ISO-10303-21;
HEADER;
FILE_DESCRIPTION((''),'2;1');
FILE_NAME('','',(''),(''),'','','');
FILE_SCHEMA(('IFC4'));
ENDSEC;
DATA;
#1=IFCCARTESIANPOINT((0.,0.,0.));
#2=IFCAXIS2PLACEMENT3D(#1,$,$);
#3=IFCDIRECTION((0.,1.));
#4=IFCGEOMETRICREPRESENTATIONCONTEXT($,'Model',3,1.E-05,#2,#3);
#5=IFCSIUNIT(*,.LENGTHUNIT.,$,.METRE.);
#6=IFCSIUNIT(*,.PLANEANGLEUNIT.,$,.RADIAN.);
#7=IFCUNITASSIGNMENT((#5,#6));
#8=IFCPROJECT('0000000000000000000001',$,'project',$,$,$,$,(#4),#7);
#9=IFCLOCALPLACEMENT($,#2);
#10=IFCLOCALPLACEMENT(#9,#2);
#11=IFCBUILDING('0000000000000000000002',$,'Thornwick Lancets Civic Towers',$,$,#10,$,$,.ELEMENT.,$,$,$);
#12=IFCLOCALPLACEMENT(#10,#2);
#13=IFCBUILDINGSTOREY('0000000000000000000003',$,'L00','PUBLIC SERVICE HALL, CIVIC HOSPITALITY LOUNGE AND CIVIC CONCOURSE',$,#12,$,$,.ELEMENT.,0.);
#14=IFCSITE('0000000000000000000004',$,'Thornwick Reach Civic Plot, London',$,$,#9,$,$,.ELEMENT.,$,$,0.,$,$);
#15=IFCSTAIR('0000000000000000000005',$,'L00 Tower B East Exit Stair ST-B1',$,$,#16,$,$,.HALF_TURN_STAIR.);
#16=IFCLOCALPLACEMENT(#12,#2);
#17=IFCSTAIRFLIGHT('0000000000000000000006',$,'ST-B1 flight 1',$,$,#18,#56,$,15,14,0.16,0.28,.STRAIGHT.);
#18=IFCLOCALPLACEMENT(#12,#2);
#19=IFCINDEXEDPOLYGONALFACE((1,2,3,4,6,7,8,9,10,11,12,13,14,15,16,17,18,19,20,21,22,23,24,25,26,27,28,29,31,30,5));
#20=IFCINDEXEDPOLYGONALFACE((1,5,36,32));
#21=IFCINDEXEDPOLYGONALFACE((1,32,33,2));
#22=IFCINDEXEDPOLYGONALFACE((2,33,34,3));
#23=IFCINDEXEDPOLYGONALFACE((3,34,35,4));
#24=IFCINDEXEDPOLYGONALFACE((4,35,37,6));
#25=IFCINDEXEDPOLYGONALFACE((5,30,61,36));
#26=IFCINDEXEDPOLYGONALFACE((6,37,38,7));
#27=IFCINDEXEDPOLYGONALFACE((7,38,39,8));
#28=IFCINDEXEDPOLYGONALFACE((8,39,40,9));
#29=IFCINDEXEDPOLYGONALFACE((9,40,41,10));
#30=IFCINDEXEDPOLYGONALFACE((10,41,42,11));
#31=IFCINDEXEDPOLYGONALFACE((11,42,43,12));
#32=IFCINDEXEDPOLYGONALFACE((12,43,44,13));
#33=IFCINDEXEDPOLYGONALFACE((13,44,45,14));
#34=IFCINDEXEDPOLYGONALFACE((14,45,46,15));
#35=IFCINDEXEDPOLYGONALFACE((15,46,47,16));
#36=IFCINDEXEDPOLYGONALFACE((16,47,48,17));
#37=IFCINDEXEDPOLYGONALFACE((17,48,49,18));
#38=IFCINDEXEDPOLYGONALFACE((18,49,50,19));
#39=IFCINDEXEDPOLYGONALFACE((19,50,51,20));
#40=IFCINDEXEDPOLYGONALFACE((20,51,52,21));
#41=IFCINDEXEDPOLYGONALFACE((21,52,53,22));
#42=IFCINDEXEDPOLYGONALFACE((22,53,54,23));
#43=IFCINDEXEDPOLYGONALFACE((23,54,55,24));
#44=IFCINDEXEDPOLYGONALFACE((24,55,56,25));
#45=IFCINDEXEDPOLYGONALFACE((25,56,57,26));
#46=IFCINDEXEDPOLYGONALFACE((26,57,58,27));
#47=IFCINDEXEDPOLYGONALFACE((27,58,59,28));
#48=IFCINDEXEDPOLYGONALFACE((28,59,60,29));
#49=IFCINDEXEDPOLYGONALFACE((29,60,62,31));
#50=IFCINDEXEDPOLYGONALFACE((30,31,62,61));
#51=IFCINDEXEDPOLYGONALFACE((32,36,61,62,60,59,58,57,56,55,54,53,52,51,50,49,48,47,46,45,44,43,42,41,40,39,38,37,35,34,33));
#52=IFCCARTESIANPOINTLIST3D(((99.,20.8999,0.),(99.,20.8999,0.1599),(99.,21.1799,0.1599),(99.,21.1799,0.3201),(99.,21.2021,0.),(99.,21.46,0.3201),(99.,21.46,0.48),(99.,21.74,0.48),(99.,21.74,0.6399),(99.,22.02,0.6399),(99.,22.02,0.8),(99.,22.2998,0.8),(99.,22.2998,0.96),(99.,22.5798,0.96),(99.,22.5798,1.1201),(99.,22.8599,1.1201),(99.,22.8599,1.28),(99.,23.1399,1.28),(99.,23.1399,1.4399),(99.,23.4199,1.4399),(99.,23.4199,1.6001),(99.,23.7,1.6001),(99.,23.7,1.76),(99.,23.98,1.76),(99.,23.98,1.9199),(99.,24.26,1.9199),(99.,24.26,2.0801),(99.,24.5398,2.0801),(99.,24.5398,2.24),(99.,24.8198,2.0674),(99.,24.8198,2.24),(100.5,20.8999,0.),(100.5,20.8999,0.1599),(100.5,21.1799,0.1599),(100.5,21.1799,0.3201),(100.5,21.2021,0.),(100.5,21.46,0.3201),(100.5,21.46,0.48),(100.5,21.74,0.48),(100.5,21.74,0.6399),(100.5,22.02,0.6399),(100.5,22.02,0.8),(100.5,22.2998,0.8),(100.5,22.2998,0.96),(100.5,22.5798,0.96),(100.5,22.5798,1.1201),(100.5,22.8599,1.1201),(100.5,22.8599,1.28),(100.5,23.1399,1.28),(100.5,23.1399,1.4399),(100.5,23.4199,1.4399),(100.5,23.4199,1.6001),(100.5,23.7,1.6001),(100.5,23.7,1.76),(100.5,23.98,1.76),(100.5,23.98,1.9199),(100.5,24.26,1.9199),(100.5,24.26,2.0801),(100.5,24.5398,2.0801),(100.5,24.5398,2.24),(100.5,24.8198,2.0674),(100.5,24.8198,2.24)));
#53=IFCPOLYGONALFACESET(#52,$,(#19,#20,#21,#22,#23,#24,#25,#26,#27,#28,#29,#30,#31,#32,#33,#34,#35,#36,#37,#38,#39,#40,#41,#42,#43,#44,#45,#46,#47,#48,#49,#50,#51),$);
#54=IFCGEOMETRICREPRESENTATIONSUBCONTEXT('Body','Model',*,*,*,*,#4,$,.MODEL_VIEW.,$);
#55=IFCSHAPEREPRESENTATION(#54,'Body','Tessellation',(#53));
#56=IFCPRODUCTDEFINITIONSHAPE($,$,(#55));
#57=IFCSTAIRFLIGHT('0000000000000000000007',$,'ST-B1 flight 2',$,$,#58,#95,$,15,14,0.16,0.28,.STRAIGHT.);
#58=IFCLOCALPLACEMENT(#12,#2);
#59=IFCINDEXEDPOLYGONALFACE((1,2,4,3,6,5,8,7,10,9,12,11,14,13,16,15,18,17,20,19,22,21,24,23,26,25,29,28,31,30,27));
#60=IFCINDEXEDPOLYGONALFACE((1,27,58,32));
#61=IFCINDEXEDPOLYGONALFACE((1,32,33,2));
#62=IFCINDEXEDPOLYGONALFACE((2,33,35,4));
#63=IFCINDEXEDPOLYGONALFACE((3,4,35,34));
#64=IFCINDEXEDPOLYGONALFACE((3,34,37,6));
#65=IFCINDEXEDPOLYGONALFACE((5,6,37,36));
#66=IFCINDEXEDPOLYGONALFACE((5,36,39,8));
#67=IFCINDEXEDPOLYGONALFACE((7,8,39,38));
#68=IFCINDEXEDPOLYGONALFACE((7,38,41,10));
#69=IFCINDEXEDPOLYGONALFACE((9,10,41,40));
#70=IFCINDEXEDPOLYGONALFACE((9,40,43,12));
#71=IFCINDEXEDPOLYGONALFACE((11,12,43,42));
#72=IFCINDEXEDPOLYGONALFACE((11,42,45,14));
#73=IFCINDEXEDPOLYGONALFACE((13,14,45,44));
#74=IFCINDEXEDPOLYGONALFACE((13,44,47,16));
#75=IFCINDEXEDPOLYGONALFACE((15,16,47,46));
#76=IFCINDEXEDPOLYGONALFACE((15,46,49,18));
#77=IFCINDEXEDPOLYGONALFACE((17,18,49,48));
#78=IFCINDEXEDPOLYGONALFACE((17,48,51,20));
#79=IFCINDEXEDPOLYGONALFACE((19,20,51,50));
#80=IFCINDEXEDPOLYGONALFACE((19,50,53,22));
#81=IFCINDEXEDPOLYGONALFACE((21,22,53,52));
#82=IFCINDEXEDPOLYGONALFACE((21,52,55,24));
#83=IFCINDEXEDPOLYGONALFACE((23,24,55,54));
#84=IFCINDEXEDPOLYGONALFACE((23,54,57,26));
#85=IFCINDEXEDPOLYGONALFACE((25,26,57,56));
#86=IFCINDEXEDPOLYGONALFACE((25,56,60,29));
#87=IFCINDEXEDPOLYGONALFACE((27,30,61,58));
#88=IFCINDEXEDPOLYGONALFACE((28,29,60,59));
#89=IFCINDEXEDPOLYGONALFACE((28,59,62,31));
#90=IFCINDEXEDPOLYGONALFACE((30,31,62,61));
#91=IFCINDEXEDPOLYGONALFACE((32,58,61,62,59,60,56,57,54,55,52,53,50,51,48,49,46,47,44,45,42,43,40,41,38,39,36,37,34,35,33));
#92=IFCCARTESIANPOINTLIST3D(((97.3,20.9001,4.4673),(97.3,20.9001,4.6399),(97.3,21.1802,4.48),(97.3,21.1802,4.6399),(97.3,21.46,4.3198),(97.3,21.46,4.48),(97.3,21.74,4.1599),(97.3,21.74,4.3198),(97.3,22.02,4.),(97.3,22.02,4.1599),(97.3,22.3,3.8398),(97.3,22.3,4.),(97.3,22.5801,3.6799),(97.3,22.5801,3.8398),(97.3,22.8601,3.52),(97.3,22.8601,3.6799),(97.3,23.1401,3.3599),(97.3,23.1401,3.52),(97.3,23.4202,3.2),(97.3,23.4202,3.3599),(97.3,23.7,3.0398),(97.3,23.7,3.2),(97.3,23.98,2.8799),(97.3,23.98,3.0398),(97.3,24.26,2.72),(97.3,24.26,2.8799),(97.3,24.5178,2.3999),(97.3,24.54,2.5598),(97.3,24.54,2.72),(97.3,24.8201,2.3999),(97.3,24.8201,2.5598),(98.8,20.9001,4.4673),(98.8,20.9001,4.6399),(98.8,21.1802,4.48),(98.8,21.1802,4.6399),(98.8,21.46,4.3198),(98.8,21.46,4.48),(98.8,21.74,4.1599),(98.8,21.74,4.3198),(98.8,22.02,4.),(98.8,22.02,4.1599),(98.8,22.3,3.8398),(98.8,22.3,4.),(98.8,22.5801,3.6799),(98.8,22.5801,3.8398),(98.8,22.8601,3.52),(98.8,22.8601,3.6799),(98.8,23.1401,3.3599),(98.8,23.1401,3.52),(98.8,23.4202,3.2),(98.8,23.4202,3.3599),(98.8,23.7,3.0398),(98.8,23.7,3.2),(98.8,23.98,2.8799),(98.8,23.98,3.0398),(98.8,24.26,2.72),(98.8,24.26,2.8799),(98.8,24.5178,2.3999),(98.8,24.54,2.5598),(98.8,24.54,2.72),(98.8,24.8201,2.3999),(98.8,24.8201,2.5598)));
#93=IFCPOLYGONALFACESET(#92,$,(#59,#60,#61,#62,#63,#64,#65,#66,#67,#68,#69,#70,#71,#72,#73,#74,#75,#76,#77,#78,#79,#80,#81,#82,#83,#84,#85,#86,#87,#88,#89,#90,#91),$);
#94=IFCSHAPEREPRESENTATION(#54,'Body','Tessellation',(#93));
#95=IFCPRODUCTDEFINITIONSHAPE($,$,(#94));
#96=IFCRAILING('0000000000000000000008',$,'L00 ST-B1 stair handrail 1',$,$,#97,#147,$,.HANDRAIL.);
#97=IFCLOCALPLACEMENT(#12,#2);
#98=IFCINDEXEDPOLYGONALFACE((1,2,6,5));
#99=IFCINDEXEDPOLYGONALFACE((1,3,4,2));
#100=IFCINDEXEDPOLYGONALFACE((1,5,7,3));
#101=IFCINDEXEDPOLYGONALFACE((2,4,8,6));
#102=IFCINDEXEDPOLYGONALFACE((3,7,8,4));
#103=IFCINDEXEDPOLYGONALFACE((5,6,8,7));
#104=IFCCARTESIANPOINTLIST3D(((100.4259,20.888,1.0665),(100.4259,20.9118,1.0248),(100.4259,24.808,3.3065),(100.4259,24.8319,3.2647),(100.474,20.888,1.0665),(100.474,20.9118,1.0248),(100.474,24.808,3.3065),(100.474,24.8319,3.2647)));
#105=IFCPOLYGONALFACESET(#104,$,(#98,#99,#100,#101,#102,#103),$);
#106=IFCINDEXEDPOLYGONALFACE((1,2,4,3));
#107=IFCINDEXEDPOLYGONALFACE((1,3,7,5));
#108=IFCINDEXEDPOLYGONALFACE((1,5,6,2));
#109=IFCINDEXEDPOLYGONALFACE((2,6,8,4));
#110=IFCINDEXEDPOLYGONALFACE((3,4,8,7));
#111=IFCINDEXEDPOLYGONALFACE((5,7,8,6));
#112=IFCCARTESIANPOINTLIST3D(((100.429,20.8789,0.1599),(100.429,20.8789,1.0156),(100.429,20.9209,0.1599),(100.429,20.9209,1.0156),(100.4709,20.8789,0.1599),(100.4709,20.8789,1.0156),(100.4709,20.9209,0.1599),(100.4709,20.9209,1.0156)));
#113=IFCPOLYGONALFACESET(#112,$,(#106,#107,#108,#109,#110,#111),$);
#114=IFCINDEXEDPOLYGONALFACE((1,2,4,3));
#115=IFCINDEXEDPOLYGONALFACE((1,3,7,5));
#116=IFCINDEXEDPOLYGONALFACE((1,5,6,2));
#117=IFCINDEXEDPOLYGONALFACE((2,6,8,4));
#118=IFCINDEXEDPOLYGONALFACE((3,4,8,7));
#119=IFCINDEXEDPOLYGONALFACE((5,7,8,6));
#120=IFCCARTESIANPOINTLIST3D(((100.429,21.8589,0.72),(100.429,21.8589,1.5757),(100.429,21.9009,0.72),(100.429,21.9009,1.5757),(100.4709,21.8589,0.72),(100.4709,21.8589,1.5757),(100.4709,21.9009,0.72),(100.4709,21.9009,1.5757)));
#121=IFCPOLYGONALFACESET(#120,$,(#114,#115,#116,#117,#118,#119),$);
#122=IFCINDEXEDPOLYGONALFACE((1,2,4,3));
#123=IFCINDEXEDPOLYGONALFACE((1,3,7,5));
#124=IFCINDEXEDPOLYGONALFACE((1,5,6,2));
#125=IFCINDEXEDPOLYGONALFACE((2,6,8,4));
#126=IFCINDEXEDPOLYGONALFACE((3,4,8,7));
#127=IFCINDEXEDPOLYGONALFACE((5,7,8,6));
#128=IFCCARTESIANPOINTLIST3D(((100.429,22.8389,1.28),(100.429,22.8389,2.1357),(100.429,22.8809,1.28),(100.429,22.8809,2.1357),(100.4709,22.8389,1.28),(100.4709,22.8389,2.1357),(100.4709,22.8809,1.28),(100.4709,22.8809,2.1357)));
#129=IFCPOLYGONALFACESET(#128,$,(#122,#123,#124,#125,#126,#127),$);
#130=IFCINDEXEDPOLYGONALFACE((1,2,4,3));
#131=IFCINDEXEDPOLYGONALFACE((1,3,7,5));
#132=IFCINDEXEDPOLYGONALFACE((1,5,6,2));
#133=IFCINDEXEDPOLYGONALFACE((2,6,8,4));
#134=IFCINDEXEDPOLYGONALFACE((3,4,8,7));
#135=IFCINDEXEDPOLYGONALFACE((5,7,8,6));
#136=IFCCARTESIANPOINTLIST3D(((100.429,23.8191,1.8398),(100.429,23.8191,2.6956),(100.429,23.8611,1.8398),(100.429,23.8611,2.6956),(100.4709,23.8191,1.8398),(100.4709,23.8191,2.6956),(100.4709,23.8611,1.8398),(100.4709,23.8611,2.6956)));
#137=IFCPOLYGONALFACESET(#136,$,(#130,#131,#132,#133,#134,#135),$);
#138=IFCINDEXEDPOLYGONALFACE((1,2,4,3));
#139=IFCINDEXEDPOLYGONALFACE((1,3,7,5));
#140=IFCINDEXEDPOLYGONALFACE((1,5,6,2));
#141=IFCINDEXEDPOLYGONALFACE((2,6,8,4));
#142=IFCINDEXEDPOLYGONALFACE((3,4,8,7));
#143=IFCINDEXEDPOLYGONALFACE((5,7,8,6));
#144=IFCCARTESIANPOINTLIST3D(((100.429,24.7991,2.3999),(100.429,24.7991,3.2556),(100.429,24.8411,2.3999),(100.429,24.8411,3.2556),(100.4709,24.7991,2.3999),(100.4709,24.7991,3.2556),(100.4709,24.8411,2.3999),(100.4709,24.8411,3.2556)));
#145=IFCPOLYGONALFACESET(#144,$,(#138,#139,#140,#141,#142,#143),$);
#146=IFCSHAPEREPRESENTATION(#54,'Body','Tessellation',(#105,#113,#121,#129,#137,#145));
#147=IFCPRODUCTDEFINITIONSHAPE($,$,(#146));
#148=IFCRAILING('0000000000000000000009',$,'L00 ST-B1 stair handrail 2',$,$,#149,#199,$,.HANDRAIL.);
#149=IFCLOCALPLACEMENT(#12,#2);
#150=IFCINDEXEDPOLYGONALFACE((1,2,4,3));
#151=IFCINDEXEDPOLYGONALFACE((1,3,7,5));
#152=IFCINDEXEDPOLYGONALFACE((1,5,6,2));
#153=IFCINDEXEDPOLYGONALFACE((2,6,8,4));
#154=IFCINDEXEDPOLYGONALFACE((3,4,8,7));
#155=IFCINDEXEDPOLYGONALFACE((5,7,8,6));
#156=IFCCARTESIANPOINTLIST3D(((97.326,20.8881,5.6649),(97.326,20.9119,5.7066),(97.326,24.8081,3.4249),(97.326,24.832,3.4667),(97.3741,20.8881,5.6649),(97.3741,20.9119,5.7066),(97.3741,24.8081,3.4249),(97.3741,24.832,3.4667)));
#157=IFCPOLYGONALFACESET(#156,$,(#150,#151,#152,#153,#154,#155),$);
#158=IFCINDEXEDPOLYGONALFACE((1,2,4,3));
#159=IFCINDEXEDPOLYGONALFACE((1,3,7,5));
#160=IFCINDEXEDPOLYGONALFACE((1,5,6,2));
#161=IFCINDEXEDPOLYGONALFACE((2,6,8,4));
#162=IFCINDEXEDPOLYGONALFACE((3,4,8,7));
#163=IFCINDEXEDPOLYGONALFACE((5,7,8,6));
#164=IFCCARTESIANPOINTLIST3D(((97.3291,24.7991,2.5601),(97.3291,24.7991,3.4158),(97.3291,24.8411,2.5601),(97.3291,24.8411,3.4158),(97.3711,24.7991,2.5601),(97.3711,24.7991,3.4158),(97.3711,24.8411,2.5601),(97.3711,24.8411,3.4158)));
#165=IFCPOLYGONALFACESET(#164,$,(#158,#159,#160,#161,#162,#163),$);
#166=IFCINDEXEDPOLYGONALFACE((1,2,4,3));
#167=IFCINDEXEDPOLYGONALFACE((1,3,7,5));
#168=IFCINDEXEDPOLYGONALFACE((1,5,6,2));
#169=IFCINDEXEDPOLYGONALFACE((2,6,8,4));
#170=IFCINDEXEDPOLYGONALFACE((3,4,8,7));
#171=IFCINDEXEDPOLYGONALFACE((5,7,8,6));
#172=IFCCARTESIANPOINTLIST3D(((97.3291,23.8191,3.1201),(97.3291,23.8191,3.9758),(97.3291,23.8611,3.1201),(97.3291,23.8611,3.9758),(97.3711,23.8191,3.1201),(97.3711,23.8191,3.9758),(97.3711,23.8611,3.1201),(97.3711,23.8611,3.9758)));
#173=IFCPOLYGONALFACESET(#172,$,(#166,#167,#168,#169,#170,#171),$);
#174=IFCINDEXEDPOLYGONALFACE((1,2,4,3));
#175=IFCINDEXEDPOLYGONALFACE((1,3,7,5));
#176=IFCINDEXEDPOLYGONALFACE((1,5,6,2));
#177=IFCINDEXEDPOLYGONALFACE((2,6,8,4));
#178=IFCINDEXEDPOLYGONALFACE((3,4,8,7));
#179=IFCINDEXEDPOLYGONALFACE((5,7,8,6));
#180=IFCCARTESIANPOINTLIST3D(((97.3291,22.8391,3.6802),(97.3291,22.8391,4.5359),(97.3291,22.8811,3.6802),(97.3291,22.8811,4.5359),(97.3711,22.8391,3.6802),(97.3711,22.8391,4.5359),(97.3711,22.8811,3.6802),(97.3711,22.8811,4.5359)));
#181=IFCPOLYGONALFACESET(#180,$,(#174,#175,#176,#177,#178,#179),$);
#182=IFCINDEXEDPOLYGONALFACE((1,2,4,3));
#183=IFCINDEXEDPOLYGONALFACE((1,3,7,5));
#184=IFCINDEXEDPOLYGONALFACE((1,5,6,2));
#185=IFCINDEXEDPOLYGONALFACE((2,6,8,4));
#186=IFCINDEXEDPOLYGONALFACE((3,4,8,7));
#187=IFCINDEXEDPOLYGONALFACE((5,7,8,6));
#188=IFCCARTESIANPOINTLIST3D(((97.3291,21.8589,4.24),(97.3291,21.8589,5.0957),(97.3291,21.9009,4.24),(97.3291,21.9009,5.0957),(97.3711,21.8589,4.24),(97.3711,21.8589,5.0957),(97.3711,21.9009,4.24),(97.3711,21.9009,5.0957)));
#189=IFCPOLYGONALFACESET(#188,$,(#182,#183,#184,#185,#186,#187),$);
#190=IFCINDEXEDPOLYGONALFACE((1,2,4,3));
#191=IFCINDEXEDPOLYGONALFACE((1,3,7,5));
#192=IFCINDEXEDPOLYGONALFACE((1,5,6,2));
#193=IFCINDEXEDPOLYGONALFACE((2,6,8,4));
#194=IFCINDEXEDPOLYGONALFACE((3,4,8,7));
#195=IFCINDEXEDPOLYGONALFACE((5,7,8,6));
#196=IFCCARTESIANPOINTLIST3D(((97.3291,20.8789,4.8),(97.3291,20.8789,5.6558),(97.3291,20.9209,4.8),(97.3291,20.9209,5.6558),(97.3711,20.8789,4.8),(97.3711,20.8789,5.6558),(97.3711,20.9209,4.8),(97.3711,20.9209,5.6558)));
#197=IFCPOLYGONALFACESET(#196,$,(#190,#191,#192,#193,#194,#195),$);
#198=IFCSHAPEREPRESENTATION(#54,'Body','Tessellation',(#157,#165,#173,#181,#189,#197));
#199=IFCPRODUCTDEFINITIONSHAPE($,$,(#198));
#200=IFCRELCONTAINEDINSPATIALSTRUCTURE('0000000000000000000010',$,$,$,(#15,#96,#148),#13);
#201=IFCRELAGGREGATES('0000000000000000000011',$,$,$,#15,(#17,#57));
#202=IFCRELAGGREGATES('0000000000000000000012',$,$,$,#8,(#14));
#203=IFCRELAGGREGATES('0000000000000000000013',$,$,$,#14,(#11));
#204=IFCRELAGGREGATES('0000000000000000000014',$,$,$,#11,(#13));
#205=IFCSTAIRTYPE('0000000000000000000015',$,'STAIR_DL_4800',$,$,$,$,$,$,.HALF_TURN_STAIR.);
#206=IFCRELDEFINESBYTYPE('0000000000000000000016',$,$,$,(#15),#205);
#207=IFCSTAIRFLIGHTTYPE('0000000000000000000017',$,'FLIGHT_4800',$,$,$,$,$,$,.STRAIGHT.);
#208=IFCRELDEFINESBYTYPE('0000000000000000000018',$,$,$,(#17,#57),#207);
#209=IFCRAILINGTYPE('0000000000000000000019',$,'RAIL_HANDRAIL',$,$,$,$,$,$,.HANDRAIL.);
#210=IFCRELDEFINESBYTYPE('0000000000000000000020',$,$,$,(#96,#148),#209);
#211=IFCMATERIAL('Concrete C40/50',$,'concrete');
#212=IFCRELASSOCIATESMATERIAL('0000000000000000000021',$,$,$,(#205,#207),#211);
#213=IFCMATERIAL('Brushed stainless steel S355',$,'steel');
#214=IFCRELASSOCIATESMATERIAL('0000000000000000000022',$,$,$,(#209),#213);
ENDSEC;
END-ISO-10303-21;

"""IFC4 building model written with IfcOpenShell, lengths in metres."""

from ifc_helpers import new_model, si_unit, direction, frame, origin, origin_2d, place, context, subcontext, project, spatial, polyline, rectangle, outline, extrude, material, type_object, element, aggregate, save


model = new_model("IFC4")

# Units and contexts
model_context = context("Model", 3, precision=1e-05, world=origin(), true_north=direction((0.0, 1.0)))
body_context = subcontext(model_context, "Body", "Model", "MODEL_VIEW")
ifc_project = project(units=[si_unit("LENGTHUNIT", "METRE"), si_unit("PLANEANGLEUNIT", "RADIAN")], contexts=[model_context])

# Site, building, storey
site_placement = place(None, origin())
site = spatial("IfcSite", under=ifc_project, at=site_placement, Name="Thornwick Reach Civic Plot, London", CompositionType="ELEMENT", RefElevation=0.0)
building_placement = place(site_placement, origin())
building = spatial("IfcBuilding", under=site, at=building_placement, Name="Thornwick Lancets Civic Towers", CompositionType="ELEMENT")
storey_placement = place(building_placement, origin())
storey = spatial("IfcBuildingStorey", under=building, at=storey_placement, Name="L00", Description="PUBLIC SERVICE HALL, CIVIC HOSPITALITY LOUNGE AND CIVIC CONCOURSE", CompositionType="ELEMENT", Elevation=0.0)

# Shared definitions
ifc_material_1 = material(Name="Concrete C40/50", Category="concrete")

# Stair, stair flights
stair_type = type_object("IfcStairType", Name="STAIR_DL_4800", PredefinedType="HALF_TURN_STAIR", material=ifc_material_1)
stair_placement = place(storey_placement, origin())
stair = element("IfcStair", 1, at=stair_placement, inside=storey, type_object=stair_type, Name="L00 Tower B East Exit Stair ST-B1", PredefinedType="HALF_TURN_STAIR")
stair_flight_type = type_object("IfcStairFlightType", Name="FLIGHT_4800", PredefinedType="STRAIGHT", material=ifc_material_1)
stair_flight_1_placement = place(storey_placement, frame((99.75, 20.8999, 0.0), z_axis=(0.0, 0.0, 1.0), x_axis=(0.0, 1.0, 0.0)))
stair_flight_1 = element("IfcStairFlight", 2, at=stair_flight_1_placement, type_object=stair_flight_type, Name="ST-B1 flight 1", NumberOfRisers=15, NumberOfTreads=14, PredefinedType="STRAIGHT", RiserHeight=0.16, TreadLength=0.28, context=body_context, shape_type="SweptSolid", body=[
    extrude(outline(polyline([(0.0, 0.0), (0.0, 0.1599), (0.28, 0.1599), (0.28, 0.3201), (0.5601, 0.3201), (0.5601, 0.48), (0.8401, 0.48), (0.8401, 0.6399), (1.1201, 0.6399), (1.1201, 0.8), (1.3999, 0.8), (1.3999, 0.96), (1.6799, 0.96), (1.6799, 1.1201), (1.96, 1.1201), (1.96, 1.28), (2.24, 1.28), (2.24, 1.4399), (2.52, 1.4399), (2.52, 1.6001), (2.8, 1.6001), (2.8, 1.76), (3.0801, 1.76), (3.0801, 1.9199), (3.3601, 1.9199), (3.3601, 2.0801), (3.6399, 2.0801), (3.6399, 2.24), (3.9199, 2.24), (3.9199, 2.3999), (3.9199, 2.0674), (0.3022, 0.0), (0.0, 0.0)])), frame((0.0, 0.75, 0.0), z_axis=(0.0, -1.0, 0.0), x_axis=(1.0, 0.0, 0.0)), (0.0, 0.0, 1.0), 1.5),
])
stair_flight_2_placement = place(storey_placement, frame((98.05, 24.8201, 2.3999), z_axis=(0.0, 0.0, 1.0), x_axis=(0.0, -1.0, 0.0)))
stair_flight_2 = element("IfcStairFlight", 3, at=stair_flight_2_placement, type_object=stair_flight_type, Name="ST-B1 flight 2", NumberOfRisers=15, NumberOfTreads=14, PredefinedType="STRAIGHT", RiserHeight=0.16, TreadLength=0.28, context=body_context, shape_type="SweptSolid", body=[
    extrude(outline(polyline([(0.0, 0.0), (0.0, 0.1599), (0.28, 0.1599), (0.28, 0.3201), (0.5601, 0.3201), (0.5601, 0.48), (0.8401, 0.48), (0.8401, 0.6399), (1.1201, 0.6399), (1.1201, 0.8), (1.3999, 0.8), (1.3999, 0.96), (1.6799, 0.96), (1.6799, 1.1201), (1.96, 1.1201), (1.96, 1.28), (2.24, 1.28), (2.24, 1.4399), (2.52, 1.4399), (2.52, 1.6001), (2.8, 1.6001), (2.8, 1.76), (3.0801, 1.76), (3.0801, 1.9199), (3.3601, 1.9199), (3.3601, 2.0801), (3.6399, 2.0801), (3.6399, 2.24), (3.9199, 2.24), (3.9199, 2.3999), (3.9199, 2.0674), (0.3022, 0.0), (0.0, 0.0)])), frame((0.0, 0.75, 0.0), z_axis=(0.0, -1.0, 0.0), x_axis=(1.0, 0.0, 0.0)), (0.0, 0.0, 1.0), 1.5),
])
aggregate(stair, [stair_flight_1, stair_flight_2])

# Railings
ifc_material_2 = material(Name="Brushed stainless steel S355", Category="steel")
railing_type_1 = type_object("IfcRailingType", Name="RAIL_HANDRAIL", PredefinedType="HANDRAIL", material=ifc_material_2)
railing_1_placement = place(storey_placement, frame((100.45, 20.8999, 0.1599)))
element("IfcRailing", 4, at=railing_1_placement, inside=storey, type_object=railing_type_1, Name="L00 ST-B1 stair handrail 1", PredefinedType="HANDRAIL", context=body_context, shape_type="SweptSolid", body=[
    extrude(rectangle(XDim=0.0481, YDim=0.0481, at=origin_2d()), frame((0.0, 0.0, 0.8857), z_axis=(0.0, 0.868253, 0.496121), x_axis=(-1.0, 0.0, 0.0)), (0.0, 0.0, 1.0), 4.5149),
    extrude(rectangle(XDim=0.042, YDim=0.042, at=origin_2d()), origin(), (0.0, 0.0, 1.0), 0.8557),
    extrude(rectangle(XDim=0.042, YDim=0.042, at=origin_2d()), frame((0.0, 0.98, 0.5601)), (0.0, 0.0, 1.0), 0.8557),
    extrude(rectangle(XDim=0.042, YDim=0.042, at=origin_2d()), frame((0.0, 1.96, 1.1201)), (0.0, 0.0, 1.0), 0.8557),
    extrude(rectangle(XDim=0.042, YDim=0.042, at=origin_2d()), frame((0.0, 2.9402, 1.6799)), (0.0, 0.0, 1.0), 0.8557),
    extrude(rectangle(XDim=0.042, YDim=0.042, at=origin_2d()), frame((0.0, 3.9202, 2.24)), (0.0, 0.0, 1.0), 0.8557),
])
railing_2_placement = place(storey_placement, frame((97.3501, 24.8201, 2.5601)))
element("IfcRailing", 5, at=railing_2_placement, inside=storey, type_object=railing_type_1, Name="L00 ST-B1 stair handrail 2", PredefinedType="HANDRAIL", context=body_context, shape_type="SweptSolid", body=[
    extrude(rectangle(XDim=0.0481, YDim=0.0481, at=origin_2d()), frame((0.0, 0.0, 0.8857), z_axis=(0.0, -0.868253, 0.496121), x_axis=(1.0, 0.0, 0.0)), (0.0, 0.0, 1.0), 4.5149),
    extrude(rectangle(XDim=0.042, YDim=0.042, at=origin_2d()), origin(), (0.0, 0.0, 1.0), 0.8557),
    extrude(rectangle(XDim=0.042, YDim=0.042, at=origin_2d()), frame((0.0, -0.98, 0.5601)), (0.0, 0.0, 1.0), 0.8557),
    extrude(rectangle(XDim=0.042, YDim=0.042, at=origin_2d()), frame((0.0, -1.96, 1.1201)), (0.0, 0.0, 1.0), 0.8557),
    extrude(rectangle(XDim=0.042, YDim=0.042, at=origin_2d()), frame((0.0, -2.9402, 1.6799)), (0.0, 0.0, 1.0), 0.8557),
    extrude(rectangle(XDim=0.042, YDim=0.042, at=origin_2d()), frame((0.0, -3.9202, 2.24)), (0.0, 0.0, 1.0), 0.8557),
])

save(model, "model.ifc")
